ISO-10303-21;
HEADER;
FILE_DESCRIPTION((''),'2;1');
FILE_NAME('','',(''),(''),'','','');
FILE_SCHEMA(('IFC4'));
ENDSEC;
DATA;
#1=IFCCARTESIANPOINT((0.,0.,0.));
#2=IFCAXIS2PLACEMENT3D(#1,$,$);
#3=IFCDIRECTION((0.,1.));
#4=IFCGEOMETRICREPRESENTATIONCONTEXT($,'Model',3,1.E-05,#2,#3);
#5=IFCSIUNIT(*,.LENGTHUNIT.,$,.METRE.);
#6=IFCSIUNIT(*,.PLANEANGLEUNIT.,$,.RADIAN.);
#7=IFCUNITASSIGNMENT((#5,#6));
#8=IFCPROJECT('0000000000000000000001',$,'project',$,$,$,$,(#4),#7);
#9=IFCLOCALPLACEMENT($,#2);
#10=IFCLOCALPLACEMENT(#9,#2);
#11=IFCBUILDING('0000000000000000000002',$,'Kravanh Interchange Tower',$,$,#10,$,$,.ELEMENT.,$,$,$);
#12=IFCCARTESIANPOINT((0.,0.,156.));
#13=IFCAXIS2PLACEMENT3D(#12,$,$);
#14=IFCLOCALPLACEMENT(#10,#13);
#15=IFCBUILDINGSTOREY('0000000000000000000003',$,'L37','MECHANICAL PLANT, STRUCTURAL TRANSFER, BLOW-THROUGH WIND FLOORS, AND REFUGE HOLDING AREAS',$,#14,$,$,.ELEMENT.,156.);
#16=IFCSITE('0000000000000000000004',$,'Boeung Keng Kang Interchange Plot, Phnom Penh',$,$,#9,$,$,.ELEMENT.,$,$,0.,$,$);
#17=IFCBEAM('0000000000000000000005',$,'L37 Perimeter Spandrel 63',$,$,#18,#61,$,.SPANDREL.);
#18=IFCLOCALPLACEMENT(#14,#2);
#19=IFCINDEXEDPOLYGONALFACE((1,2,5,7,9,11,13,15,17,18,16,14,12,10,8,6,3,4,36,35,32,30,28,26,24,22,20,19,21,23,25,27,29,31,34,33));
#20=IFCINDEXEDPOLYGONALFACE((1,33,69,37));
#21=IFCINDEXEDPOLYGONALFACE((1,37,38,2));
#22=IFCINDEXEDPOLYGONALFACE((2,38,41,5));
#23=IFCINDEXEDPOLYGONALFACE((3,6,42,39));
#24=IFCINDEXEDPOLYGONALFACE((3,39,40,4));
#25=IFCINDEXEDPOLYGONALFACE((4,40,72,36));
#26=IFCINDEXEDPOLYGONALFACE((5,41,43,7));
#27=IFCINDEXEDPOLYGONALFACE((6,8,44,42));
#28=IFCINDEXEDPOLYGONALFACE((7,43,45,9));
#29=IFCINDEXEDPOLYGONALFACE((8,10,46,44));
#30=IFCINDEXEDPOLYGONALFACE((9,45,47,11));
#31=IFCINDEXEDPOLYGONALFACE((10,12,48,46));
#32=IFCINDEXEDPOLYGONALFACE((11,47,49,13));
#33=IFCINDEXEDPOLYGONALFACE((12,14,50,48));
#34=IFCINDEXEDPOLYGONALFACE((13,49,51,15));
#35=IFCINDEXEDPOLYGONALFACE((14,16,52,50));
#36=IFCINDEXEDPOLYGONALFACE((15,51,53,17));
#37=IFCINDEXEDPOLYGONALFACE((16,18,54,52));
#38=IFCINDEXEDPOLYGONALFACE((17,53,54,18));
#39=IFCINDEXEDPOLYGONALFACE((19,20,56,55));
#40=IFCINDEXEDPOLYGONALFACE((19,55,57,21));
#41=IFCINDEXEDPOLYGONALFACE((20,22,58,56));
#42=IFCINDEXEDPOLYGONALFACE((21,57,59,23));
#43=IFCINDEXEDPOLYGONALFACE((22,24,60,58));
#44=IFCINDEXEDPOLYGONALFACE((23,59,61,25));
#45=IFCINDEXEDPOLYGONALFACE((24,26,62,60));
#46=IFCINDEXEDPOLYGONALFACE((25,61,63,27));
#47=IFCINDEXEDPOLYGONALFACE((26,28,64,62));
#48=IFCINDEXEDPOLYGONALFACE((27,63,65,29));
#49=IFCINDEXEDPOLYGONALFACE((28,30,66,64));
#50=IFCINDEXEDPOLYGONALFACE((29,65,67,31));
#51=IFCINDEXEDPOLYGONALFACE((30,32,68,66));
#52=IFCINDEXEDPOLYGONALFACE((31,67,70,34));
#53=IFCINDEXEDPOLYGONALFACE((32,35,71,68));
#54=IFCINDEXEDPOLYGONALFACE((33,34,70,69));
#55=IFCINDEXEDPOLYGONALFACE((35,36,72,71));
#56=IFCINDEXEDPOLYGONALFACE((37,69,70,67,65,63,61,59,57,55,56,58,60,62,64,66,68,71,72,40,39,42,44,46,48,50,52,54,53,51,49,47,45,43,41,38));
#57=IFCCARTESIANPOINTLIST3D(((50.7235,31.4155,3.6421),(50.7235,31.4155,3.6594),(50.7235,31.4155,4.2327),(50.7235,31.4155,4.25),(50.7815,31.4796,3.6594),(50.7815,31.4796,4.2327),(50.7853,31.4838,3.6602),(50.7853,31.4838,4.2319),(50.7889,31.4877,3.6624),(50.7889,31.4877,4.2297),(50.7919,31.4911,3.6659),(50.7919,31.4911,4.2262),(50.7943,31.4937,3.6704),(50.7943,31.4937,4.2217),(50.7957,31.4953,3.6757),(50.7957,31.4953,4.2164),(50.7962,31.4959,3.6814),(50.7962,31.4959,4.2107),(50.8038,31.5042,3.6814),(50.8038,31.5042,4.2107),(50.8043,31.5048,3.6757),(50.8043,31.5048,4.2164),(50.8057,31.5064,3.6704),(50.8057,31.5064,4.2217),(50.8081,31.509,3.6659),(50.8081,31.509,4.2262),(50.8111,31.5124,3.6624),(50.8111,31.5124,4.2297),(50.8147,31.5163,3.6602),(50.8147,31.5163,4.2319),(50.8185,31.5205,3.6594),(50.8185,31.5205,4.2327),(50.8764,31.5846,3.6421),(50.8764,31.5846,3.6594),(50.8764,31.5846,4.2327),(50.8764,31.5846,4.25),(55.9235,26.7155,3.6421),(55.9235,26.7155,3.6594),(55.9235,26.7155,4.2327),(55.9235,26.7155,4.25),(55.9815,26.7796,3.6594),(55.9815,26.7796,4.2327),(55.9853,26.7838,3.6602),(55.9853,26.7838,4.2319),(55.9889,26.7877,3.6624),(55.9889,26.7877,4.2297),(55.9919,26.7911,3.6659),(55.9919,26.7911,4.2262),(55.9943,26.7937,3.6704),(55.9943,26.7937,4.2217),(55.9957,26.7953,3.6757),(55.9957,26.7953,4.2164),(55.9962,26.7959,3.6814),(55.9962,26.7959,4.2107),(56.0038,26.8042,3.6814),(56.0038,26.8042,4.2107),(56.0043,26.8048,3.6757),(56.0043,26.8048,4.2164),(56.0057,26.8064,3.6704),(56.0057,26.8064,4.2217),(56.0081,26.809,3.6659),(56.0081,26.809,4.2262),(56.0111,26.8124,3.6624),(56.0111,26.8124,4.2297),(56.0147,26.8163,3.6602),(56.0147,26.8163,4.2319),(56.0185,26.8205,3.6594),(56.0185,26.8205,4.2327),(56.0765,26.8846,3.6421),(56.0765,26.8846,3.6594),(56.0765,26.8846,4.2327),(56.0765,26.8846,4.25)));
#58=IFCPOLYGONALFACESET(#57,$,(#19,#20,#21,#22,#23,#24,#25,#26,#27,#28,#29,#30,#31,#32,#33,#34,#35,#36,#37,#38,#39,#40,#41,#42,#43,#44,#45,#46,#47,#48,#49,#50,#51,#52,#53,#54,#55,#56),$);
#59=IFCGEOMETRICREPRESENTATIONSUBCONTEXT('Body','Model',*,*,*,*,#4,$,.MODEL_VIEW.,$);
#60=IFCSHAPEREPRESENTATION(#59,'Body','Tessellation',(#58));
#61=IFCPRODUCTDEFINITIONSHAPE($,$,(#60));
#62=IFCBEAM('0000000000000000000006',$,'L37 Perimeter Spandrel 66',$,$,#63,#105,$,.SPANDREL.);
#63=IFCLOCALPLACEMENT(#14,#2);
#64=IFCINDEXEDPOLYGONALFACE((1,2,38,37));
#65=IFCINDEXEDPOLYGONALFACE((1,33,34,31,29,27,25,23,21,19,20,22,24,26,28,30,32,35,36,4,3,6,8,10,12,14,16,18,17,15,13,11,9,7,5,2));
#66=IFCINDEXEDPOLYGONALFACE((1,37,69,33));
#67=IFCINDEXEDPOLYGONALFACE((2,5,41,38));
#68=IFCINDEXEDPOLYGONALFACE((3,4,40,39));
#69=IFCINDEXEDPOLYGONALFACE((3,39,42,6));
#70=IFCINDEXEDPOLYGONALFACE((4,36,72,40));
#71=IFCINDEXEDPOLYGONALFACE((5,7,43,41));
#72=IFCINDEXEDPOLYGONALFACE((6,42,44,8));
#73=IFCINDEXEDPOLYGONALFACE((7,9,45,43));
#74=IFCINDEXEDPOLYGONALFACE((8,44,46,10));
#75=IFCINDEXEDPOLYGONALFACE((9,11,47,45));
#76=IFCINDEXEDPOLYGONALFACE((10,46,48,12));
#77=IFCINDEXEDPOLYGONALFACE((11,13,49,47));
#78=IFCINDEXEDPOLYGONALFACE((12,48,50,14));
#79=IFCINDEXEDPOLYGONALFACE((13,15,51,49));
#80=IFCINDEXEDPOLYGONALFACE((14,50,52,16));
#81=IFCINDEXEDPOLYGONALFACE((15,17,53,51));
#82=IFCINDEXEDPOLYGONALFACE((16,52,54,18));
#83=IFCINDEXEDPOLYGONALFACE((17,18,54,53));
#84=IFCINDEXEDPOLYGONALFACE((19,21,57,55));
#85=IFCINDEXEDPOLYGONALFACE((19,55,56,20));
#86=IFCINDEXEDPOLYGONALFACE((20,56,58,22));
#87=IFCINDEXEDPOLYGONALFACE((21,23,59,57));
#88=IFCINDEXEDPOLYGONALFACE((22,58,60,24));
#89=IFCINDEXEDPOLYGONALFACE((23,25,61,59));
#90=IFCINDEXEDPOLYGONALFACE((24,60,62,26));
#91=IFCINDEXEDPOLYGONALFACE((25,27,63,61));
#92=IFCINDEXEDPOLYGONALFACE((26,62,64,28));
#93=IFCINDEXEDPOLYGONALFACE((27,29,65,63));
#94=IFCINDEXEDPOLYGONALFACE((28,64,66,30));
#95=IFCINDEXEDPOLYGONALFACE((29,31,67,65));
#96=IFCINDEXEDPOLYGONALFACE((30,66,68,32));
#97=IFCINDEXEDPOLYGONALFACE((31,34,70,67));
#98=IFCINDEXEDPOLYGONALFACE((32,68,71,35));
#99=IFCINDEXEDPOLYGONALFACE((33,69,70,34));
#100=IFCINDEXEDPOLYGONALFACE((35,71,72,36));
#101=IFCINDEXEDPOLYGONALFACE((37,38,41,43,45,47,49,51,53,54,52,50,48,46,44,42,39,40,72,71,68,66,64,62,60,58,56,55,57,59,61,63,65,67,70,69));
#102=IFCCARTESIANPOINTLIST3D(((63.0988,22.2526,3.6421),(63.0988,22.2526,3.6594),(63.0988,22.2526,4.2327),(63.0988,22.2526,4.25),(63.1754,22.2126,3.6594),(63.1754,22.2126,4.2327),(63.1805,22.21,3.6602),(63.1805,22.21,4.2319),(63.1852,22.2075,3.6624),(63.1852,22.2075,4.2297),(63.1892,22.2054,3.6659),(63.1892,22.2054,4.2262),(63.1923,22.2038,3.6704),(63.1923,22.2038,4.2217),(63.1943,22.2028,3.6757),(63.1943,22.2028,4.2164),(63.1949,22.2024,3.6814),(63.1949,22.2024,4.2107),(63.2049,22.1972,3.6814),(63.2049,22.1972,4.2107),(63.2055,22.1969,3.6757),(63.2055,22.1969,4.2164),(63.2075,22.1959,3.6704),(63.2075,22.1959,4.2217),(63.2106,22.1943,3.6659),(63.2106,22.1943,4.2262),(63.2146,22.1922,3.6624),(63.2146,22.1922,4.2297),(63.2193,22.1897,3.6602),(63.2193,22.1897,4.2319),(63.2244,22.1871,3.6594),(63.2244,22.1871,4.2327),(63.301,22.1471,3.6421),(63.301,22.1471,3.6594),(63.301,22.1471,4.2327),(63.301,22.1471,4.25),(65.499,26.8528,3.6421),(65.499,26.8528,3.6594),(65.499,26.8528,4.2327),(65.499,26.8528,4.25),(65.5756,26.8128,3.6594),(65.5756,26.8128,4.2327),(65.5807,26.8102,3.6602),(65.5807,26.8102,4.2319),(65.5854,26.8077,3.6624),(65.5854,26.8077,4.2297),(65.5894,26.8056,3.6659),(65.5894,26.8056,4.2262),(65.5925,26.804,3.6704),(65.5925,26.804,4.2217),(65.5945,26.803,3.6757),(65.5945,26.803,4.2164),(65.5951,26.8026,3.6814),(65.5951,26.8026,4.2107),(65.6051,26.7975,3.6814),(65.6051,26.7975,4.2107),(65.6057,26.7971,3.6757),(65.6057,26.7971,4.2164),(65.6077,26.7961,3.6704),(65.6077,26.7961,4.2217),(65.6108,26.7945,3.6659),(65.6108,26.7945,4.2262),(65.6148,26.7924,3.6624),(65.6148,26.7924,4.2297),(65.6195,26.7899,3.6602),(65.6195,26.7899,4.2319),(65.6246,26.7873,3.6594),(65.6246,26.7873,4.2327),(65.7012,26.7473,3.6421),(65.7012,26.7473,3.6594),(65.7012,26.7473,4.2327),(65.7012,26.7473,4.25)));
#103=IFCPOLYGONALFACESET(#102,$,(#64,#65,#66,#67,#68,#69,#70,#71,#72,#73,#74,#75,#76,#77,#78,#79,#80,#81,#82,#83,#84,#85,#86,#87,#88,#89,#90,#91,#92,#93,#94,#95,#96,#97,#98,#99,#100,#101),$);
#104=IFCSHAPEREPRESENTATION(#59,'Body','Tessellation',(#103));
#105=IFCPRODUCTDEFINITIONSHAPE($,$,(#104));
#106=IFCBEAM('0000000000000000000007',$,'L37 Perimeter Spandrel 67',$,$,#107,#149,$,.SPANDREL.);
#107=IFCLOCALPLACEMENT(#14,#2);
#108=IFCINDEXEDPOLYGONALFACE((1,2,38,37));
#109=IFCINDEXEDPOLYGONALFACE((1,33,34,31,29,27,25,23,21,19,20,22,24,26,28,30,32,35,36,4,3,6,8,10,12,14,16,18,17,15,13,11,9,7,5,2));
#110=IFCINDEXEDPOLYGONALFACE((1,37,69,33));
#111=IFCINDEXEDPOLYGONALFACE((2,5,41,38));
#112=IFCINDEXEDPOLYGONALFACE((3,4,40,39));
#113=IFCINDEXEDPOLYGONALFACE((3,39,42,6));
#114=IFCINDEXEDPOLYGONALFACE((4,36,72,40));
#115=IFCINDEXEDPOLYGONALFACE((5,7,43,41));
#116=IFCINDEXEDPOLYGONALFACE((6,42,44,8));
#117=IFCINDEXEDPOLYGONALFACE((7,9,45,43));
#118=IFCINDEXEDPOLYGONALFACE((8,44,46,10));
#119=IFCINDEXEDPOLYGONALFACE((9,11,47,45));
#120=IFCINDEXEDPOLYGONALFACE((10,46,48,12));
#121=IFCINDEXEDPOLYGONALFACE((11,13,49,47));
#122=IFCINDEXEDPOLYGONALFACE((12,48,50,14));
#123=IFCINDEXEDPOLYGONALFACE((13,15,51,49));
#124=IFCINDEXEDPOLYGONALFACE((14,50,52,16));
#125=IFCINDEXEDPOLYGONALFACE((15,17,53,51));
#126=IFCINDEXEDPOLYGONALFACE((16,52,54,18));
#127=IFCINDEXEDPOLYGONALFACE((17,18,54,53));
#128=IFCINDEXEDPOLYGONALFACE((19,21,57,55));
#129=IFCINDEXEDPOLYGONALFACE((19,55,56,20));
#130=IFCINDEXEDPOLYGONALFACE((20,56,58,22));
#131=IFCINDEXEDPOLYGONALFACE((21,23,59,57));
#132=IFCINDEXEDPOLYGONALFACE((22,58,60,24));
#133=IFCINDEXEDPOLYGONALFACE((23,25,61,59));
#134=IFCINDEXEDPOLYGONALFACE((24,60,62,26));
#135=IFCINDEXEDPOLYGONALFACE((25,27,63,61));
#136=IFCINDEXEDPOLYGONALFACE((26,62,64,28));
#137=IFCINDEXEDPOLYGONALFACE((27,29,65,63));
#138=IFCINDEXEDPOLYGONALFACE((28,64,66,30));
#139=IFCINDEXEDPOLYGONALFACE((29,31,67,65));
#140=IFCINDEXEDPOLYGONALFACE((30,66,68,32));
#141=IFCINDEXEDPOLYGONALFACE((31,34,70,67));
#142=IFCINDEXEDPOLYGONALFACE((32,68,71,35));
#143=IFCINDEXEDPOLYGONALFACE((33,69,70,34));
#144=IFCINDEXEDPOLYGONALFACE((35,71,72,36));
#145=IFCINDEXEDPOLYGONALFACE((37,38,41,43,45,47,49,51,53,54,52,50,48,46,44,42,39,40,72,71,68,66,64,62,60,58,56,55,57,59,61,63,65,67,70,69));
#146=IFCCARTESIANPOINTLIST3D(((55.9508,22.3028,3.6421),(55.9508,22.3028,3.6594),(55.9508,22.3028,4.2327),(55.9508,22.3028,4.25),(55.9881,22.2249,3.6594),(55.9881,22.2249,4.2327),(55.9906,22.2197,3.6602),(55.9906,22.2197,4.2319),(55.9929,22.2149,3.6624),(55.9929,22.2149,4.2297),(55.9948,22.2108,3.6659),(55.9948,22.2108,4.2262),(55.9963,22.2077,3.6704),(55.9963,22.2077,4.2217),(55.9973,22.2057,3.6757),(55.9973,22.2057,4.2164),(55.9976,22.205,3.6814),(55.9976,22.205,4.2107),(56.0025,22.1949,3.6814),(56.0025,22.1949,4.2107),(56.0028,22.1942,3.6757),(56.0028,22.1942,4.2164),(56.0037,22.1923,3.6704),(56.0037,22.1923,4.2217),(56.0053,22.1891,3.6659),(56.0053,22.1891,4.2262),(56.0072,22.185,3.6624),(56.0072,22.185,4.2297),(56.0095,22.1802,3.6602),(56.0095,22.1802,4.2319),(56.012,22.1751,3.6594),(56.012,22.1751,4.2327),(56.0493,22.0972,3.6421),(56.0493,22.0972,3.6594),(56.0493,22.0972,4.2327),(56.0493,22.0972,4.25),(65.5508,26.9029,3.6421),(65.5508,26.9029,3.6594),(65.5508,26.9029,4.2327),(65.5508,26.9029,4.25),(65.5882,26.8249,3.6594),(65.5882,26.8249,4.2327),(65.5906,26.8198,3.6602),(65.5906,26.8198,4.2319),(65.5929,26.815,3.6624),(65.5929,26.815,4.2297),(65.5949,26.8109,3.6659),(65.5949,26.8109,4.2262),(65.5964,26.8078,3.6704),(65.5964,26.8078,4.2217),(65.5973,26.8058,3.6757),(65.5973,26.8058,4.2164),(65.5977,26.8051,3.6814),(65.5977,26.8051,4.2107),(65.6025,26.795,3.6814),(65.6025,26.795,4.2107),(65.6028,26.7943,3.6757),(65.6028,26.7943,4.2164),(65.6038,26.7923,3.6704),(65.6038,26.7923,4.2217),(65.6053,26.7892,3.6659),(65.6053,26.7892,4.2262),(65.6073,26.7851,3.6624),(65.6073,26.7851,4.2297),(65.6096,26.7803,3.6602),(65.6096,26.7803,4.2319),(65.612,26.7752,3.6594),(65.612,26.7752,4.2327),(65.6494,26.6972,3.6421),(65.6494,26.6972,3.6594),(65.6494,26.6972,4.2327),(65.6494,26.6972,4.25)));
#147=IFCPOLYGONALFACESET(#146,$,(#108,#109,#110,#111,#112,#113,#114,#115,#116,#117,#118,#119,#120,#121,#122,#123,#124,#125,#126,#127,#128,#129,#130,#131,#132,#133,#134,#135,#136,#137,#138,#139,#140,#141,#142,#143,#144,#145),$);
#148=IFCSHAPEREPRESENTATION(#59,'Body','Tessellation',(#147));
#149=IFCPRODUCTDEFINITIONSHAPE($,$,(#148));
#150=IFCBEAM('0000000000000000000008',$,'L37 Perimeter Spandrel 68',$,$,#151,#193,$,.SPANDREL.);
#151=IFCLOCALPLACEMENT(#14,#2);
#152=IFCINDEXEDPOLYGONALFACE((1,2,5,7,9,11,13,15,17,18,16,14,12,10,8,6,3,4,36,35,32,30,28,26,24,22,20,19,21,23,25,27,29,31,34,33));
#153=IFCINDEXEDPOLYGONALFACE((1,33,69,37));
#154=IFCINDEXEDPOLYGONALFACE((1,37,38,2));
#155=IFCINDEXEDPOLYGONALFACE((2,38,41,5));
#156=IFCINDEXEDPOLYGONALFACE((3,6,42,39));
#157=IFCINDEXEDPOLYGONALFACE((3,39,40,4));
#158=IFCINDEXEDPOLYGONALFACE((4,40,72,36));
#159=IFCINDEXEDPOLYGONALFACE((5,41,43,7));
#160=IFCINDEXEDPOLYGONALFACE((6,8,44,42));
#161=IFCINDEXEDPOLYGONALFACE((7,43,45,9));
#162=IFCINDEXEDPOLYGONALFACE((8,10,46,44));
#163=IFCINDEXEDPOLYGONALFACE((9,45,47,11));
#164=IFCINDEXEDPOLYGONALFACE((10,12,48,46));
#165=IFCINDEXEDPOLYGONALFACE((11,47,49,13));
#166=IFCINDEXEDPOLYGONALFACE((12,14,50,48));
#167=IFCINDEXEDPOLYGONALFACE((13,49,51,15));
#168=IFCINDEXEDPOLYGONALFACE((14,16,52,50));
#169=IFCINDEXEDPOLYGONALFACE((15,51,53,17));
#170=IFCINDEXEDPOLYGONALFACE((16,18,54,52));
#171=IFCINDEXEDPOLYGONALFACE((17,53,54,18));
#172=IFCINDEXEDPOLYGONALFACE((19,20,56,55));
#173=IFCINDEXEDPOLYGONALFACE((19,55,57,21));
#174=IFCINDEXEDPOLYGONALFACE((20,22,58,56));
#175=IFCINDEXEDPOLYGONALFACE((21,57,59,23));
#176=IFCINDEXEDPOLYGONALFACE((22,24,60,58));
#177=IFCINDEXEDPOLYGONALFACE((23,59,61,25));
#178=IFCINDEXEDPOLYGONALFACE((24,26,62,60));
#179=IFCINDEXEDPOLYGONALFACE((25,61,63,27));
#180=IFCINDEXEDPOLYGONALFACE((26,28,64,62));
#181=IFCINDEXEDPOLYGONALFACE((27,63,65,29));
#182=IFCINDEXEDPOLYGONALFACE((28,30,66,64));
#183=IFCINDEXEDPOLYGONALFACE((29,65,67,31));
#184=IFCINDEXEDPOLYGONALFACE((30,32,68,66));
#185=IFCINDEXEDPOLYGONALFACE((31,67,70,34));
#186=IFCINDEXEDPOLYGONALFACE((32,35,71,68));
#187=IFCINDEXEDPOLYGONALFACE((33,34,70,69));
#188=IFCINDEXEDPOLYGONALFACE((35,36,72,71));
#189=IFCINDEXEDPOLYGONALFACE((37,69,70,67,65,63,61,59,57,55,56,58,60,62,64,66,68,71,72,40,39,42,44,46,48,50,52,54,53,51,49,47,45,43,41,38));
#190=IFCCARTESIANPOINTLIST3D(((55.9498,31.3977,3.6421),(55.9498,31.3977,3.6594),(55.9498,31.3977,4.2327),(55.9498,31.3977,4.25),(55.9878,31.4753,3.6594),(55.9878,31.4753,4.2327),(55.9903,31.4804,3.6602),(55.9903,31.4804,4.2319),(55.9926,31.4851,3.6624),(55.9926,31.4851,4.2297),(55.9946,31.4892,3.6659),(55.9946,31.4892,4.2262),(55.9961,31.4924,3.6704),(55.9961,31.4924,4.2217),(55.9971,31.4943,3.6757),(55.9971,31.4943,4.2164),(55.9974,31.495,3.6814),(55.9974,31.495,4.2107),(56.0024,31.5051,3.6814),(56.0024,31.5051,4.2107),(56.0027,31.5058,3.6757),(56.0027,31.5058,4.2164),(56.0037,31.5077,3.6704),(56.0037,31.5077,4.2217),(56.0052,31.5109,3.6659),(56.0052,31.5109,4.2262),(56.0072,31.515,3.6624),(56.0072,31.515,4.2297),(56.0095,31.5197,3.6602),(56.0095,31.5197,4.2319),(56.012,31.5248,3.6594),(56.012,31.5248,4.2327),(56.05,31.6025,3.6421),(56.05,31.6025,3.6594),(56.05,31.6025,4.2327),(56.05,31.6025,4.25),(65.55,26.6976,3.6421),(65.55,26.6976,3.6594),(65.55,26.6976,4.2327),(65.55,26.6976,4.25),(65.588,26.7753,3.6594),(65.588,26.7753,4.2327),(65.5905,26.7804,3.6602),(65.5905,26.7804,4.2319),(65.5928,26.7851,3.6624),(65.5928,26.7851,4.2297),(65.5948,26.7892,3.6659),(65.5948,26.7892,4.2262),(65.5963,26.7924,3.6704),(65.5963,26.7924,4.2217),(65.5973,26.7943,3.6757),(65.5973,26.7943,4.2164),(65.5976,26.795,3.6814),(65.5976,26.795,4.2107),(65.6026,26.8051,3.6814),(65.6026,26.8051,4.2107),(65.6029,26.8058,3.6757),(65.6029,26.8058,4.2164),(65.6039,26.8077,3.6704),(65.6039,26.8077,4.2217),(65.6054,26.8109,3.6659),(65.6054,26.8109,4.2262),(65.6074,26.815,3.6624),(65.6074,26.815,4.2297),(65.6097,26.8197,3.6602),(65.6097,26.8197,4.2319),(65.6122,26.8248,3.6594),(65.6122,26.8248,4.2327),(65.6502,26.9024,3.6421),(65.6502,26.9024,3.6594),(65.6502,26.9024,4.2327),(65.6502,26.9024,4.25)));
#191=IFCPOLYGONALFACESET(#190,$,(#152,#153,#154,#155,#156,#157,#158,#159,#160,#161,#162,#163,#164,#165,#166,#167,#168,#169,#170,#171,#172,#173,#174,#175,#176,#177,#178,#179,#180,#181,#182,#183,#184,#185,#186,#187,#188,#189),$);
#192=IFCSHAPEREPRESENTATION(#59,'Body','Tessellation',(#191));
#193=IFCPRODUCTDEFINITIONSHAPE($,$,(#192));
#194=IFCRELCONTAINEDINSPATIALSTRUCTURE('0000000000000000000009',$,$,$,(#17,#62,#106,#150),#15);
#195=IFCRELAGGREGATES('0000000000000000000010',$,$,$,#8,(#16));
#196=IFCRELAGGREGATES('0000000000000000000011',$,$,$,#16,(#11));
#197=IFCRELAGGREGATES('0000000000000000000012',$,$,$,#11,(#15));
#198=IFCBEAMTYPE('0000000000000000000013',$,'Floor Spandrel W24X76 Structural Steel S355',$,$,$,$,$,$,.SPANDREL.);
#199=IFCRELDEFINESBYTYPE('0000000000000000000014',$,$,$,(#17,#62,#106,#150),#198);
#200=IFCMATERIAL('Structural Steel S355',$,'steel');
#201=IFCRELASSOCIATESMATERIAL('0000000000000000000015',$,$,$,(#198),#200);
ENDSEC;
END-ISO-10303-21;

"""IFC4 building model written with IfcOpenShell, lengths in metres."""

from ifc_helpers import new_model, si_unit, direction, frame, origin, origin_2d, place, context, subcontext, project, spatial, i_section, extrude, material, material_profile, profile_set, type_object, element, save


model = new_model("IFC4")

# Units and contexts
model_context = context("Model", 3, precision=1e-05, world=origin(), true_north=direction((0.0, 1.0)))
body_context = subcontext(model_context, "Body", "Model", "MODEL_VIEW")
ifc_project = project(units=[si_unit("LENGTHUNIT", "METRE"), si_unit("PLANEANGLEUNIT", "RADIAN")], contexts=[model_context])

# Site, building, storey
site_placement = place(None, origin())
site = spatial("IfcSite", under=ifc_project, at=site_placement, Name="Boeung Keng Kang Interchange Plot, Phnom Penh", CompositionType="ELEMENT", RefElevation=0.0)
building_placement = place(site_placement, origin())
building = spatial("IfcBuilding", under=site, at=building_placement, Name="Kravanh Interchange Tower", CompositionType="ELEMENT")
storey_placement = place(building_placement, frame((0.0, 0.0, 156.0)))
storey = spatial("IfcBuildingStorey", under=building, at=storey_placement, Name="L37", Description="MECHANICAL PLANT, STRUCTURAL TRANSFER, BLOW-THROUGH WIND FLOORS, AND REFUGE HOLDING AREAS", CompositionType="ELEMENT", Elevation=156.0)

# Beams
ifc_material_1 = material(Name="Structural Steel S355", Category="steel")
ifc_material_profile_1 = material_profile(ifc_material_1, i_section(OverallWidth=0.228, OverallDepth=0.6079, WebThickness=0.0112, FlangeThickness=0.0173, FilletRadius=0.022, at=origin_2d()), Name="W24X76")
ifc_profile_set_1 = profile_set([ifc_material_profile_1], Name="Structural Steel S355")
beam_type_1 = type_object("IfcBeamType", Name="Floor Spandrel W24X76 Structural Steel S355", PredefinedType="SPANDREL", material=ifc_profile_set_1)
beam_1_placement = place(storey_placement, frame((56.0, 26.8, 3.946), z_axis=(-0.741874, 0.670539, 0.0), x_axis=(-0.670539, -0.741874, 0.0)))
element("IfcBeam", 1, at=beam_1_placement, inside=storey, type_object=beam_type_1, Name="L37 Perimeter Spandrel 63", PredefinedType="SPANDREL", context=body_context, shape_type="SweptSolid", body=[
    extrude(i_section(OverallWidth=0.228, OverallDepth=0.6079, WebThickness=0.0112, FlangeThickness=0.0173, FilletRadius=0.022, at=origin_2d()), origin(), (0.0, 0.0, 1.0), 7.0093),
])
beam_2_placement = place(storey_placement, frame((65.6001, 26.8, 3.946), z_axis=(-0.46258, -0.886577, 0.0), x_axis=(0.886577, -0.46258, 0.0)))
element("IfcBeam", 2, at=beam_2_placement, inside=storey, type_object=beam_type_1, Name="L37 Perimeter Spandrel 66", PredefinedType="SPANDREL", context=body_context, shape_type="SweptSolid", body=[
    extrude(i_section(OverallWidth=0.228, OverallDepth=0.6079, WebThickness=0.0112, FlangeThickness=0.0173, FilletRadius=0.022, at=origin_2d()), origin(), (0.0, 0.0, 1.0), 5.1887),
])
beam_3_placement = place(storey_placement, frame((65.6001, 26.8, 3.946), z_axis=(-0.901814, -0.432124, 0.0), x_axis=(0.432124, -0.901814, 0.0)))
element("IfcBeam", 3, at=beam_3_placement, inside=storey, type_object=beam_type_1, Name="L37 Perimeter Spandrel 67", PredefinedType="SPANDREL", context=body_context, shape_type="SweptSolid", body=[
    extrude(i_section(OverallWidth=0.228, OverallDepth=0.6079, WebThickness=0.0112, FlangeThickness=0.0173, FilletRadius=0.022, at=origin_2d()), origin(), (0.0, 0.0, 1.0), 10.6453),
])
beam_4_placement = place(storey_placement, frame((65.6001, 26.8, 3.946), z_axis=(-0.898142, 0.439706, 0.0), x_axis=(-0.439706, -0.898142, 0.0)))
element("IfcBeam", 4, at=beam_4_placement, inside=storey, type_object=beam_type_1, Name="L37 Perimeter Spandrel 68", PredefinedType="SPANDREL", context=body_context, shape_type="SweptSolid", body=[
    extrude(i_section(OverallWidth=0.228, OverallDepth=0.6079, WebThickness=0.0112, FlangeThickness=0.0173, FilletRadius=0.022, at=origin_2d()), origin(), (0.0, 0.0, 1.0), 10.689),
])

save(model, "model.ifc")
